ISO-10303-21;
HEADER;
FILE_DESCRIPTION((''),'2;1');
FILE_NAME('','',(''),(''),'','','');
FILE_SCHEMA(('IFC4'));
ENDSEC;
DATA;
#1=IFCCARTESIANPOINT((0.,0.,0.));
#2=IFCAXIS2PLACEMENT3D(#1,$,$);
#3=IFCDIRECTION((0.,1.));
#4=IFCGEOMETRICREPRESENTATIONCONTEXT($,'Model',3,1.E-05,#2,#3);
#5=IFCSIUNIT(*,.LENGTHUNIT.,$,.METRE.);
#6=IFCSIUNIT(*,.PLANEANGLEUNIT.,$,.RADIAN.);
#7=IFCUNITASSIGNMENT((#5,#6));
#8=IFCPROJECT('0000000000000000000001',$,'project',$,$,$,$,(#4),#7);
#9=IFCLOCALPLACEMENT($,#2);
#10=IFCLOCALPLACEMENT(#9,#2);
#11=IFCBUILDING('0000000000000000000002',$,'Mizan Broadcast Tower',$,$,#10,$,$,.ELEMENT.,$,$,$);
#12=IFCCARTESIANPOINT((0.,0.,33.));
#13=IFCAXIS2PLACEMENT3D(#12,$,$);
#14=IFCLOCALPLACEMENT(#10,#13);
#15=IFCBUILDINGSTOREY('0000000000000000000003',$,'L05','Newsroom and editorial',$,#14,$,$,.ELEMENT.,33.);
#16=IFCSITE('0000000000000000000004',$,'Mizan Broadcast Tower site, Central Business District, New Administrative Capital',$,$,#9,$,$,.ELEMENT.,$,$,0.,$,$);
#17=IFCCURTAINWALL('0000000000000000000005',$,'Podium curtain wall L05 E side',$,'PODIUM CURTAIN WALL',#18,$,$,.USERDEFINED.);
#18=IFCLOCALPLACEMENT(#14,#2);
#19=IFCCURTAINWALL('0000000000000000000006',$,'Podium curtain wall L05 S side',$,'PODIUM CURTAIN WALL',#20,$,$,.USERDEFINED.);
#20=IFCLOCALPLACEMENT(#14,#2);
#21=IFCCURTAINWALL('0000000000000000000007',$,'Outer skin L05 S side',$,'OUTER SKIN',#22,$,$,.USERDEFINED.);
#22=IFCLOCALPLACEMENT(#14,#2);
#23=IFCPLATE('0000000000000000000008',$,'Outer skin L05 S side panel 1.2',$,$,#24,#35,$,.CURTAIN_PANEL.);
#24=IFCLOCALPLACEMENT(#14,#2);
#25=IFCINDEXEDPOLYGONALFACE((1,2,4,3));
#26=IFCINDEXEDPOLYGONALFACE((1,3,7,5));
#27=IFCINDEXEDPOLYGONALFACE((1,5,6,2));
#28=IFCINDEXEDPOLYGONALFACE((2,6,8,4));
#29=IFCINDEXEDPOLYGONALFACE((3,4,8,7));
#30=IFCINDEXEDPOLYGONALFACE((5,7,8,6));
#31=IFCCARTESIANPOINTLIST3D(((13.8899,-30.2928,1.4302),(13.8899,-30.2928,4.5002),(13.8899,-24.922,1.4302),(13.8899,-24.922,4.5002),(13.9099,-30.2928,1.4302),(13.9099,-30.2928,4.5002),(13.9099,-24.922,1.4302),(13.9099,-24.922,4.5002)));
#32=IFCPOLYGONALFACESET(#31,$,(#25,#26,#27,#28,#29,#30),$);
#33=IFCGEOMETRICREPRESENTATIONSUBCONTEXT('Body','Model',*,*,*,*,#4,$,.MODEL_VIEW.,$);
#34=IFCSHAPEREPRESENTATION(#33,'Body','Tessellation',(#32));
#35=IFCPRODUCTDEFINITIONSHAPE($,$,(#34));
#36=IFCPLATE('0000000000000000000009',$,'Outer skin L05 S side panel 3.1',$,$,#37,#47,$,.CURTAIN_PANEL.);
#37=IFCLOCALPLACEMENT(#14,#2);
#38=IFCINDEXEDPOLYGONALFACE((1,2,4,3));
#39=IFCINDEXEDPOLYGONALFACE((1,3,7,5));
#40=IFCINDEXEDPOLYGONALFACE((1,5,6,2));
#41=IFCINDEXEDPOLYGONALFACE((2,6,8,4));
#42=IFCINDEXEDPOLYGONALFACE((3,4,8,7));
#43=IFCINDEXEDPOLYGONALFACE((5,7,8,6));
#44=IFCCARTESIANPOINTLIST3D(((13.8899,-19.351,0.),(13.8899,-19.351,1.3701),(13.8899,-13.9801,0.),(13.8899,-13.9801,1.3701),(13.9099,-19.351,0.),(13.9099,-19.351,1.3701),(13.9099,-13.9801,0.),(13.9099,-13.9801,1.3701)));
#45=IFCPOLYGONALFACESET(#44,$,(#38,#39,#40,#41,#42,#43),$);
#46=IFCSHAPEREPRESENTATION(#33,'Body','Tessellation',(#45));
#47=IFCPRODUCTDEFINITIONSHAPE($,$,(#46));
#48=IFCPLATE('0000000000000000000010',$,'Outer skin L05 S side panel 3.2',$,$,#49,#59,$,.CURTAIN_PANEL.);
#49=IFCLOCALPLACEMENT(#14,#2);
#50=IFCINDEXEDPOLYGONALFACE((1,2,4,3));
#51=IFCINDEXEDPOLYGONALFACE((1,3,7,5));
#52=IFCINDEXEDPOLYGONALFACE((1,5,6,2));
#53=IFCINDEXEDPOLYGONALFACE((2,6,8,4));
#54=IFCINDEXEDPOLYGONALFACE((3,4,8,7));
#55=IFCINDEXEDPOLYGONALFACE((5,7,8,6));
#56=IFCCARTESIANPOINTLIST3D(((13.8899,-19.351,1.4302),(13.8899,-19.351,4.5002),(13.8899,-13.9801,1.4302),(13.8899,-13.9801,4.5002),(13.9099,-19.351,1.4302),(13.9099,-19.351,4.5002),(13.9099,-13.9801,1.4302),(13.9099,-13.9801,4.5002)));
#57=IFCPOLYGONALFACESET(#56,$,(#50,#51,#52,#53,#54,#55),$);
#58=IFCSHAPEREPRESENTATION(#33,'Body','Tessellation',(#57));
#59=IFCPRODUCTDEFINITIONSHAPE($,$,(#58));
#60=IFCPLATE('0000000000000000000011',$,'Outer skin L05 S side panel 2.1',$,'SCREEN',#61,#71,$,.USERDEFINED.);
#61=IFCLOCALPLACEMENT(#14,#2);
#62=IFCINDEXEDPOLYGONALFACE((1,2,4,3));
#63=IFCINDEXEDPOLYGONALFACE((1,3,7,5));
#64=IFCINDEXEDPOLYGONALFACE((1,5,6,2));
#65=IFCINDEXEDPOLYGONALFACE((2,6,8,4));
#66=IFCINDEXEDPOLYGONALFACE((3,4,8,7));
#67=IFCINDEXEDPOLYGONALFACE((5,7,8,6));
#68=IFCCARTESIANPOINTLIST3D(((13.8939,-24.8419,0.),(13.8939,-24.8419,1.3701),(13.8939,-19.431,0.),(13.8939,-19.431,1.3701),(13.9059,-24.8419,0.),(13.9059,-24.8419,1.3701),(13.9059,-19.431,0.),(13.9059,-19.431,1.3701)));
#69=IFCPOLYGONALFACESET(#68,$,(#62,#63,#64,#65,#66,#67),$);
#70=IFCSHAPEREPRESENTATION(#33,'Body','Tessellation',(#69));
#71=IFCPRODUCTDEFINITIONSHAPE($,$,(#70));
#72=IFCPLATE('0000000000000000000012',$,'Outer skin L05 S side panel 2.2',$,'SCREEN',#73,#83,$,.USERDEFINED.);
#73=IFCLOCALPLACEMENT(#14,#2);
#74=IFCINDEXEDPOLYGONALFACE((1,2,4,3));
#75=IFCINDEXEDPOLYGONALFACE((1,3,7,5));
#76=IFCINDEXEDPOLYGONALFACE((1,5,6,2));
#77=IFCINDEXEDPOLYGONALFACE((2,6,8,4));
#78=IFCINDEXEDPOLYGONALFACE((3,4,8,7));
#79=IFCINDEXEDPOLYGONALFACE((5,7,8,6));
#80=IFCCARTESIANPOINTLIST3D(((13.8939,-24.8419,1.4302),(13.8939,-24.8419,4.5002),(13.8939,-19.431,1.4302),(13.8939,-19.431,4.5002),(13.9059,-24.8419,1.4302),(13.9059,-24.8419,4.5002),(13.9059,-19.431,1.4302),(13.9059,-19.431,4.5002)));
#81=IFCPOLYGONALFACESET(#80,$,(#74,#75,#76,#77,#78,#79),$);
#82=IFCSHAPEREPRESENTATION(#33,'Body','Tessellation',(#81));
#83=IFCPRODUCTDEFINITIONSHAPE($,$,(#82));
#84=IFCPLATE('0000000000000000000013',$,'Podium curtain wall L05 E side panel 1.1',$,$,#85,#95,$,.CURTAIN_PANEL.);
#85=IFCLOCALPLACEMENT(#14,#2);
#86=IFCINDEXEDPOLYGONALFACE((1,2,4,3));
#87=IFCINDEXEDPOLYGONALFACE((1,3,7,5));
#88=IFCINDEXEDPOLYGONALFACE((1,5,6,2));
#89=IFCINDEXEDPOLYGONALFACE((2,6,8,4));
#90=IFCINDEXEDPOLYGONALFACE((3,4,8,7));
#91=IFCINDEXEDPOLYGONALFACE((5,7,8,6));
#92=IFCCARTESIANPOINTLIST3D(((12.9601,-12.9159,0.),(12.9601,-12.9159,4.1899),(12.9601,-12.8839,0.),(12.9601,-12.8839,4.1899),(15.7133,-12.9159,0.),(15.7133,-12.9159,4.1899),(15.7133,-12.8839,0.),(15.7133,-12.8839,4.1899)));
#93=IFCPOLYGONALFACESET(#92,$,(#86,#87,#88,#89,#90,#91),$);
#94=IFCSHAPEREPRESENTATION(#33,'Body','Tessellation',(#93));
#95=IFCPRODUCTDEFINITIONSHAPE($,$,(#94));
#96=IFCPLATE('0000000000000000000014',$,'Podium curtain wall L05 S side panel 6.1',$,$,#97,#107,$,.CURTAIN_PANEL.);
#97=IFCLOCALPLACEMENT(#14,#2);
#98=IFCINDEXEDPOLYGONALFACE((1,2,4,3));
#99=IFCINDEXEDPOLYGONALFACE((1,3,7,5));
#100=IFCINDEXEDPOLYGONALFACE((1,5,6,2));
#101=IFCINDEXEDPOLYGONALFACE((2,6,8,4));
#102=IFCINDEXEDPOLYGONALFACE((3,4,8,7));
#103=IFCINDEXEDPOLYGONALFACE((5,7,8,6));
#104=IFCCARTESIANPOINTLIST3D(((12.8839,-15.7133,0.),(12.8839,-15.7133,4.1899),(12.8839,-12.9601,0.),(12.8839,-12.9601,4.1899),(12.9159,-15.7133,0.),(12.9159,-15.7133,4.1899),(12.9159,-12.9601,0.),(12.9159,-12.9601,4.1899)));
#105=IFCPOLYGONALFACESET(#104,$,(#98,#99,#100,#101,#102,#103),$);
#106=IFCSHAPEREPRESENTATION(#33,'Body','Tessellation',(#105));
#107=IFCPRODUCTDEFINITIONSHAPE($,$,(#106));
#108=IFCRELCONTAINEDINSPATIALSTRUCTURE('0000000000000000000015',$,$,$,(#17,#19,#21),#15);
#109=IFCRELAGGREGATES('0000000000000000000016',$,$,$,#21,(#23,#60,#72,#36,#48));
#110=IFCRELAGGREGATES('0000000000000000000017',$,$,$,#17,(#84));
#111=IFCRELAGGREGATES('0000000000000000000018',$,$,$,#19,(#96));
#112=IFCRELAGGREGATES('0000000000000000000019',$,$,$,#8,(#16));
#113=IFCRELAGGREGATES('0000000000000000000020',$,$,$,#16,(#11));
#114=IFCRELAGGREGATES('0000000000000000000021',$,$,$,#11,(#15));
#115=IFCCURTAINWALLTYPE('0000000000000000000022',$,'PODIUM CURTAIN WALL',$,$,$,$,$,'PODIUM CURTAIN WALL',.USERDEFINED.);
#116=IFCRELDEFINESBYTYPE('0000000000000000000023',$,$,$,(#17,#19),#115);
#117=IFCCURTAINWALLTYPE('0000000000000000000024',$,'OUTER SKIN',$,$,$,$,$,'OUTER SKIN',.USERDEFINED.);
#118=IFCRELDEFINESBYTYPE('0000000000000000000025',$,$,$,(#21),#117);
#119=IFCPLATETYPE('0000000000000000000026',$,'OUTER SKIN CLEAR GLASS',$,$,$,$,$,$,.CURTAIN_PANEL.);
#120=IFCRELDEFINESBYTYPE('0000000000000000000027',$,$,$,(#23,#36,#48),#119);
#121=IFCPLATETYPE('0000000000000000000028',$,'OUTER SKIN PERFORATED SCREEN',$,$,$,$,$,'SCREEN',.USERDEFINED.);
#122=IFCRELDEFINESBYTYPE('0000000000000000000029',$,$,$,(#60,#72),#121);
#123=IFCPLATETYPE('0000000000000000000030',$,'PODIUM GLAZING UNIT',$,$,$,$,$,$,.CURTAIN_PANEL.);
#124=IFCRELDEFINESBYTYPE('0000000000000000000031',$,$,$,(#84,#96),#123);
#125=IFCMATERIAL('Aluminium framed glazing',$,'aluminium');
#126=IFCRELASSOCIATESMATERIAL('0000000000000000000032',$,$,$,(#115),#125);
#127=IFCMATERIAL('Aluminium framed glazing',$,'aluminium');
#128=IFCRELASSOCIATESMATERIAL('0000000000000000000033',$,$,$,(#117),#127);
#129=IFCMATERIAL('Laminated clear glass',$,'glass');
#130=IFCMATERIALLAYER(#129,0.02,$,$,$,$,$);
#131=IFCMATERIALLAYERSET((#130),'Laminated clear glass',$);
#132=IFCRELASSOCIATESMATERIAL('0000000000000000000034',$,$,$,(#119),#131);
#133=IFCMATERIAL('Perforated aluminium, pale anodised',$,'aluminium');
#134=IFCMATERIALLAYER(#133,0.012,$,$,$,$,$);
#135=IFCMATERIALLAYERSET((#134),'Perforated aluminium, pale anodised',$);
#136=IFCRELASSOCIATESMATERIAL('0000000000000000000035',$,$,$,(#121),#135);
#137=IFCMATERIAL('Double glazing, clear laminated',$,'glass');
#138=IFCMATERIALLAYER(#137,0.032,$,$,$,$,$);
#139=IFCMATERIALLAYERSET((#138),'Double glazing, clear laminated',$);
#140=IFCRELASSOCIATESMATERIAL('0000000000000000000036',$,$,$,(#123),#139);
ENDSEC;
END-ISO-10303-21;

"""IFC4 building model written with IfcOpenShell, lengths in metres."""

from ifc_helpers import new_model, si_unit, direction, frame, origin, origin_2d, place, context, subcontext, project, spatial, rectangle, extrude, material, layer, layer_set, type_object, element, aggregate, save


model = new_model("IFC4")

# Units and contexts
model_context = context("Model", 3, precision=1e-05, world=origin(), true_north=direction((0.0, 1.0)))
body_context = subcontext(model_context, "Body", "Model", "MODEL_VIEW")
ifc_project = project(units=[si_unit("LENGTHUNIT", "METRE"), si_unit("PLANEANGLEUNIT", "RADIAN")], contexts=[model_context])

# Site, building, storey
site_placement = place(None, origin())
site = spatial("IfcSite", under=ifc_project, at=site_placement, Name="Mizan Broadcast Tower site, Central Business District, New Administrative Capital", CompositionType="ELEMENT", RefElevation=0.0)
building_placement = place(site_placement, origin())
building = spatial("IfcBuilding", under=site, at=building_placement, Name="Mizan Broadcast Tower", CompositionType="ELEMENT")
storey_placement = place(building_placement, frame((0.0, 0.0, 33.0)))
storey = spatial("IfcBuildingStorey", under=building, at=storey_placement, Name="L05", Description="Newsroom and editorial", CompositionType="ELEMENT", Elevation=33.0)

# Curtain wall
ifc_material_1 = material(Name="Aluminium framed glazing", Category="aluminium")
curtain_wall_type_1 = type_object("IfcCurtainWallType", Name="PODIUM CURTAIN WALL", ElementType="PODIUM CURTAIN WALL", PredefinedType="USERDEFINED", material=ifc_material_1)
curtain_wall_1_placement = place(storey_placement, origin())
curtain_wall_1 = element("IfcCurtainWall", 1, at=curtain_wall_1_placement, inside=storey, type_object=curtain_wall_type_1, Name="Podium curtain wall L05 E side", ObjectType="PODIUM CURTAIN WALL", PredefinedType="USERDEFINED")

# Curtain wall
curtain_wall_2_placement = place(storey_placement, origin())
curtain_wall_2 = element("IfcCurtainWall", 2, at=curtain_wall_2_placement, inside=storey, type_object=curtain_wall_type_1, Name="Podium curtain wall L05 S side", ObjectType="PODIUM CURTAIN WALL", PredefinedType="USERDEFINED")

# Shared definitions
ifc_material_2 = material(Name="Aluminium framed glazing", Category="aluminium")
curtain_wall_type_2 = type_object("IfcCurtainWallType", Name="OUTER SKIN", ElementType="OUTER SKIN", PredefinedType="USERDEFINED", material=ifc_material_2)

# Curtain wall
curtain_wall_3_placement = place(storey_placement, origin())
curtain_wall_3 = element("IfcCurtainWall", 3, at=curtain_wall_3_placement, inside=storey, type_object=curtain_wall_type_2, Name="Outer skin L05 S side", ObjectType="OUTER SKIN", PredefinedType="USERDEFINED")

# Plates
ifc_material_3 = material(Name="Laminated clear glass", Category="glass")
ifc_layer_1 = layer(ifc_material_3, 0.02)
ifc_layer_set_1 = layer_set([ifc_layer_1], Name="Laminated clear glass")
plate_type_1 = type_object("IfcPlateType", Name="OUTER SKIN CLEAR GLASS", PredefinedType="CURTAIN_PANEL", material=ifc_layer_set_1)
plate_1_placement = place(storey_placement, frame((13.8999, -27.6074, 1.4302), z_axis=(0.0, 0.0, 1.0), x_axis=(0.0, 1.0, 0.0)))
plate_1 = element("IfcPlate", 4, at=plate_1_placement, type_object=plate_type_1, Name="Outer skin L05 S side panel 1.2", PredefinedType="CURTAIN_PANEL", context=body_context, shape_type="SweptSolid", body=[
    extrude(rectangle(XDim=5.3708, YDim=0.02, at=origin_2d()), origin(), (0.0, 0.0, 1.0), 3.0701),
])
plate_2_placement = place(storey_placement, frame((13.8999, -16.6655, 0.0), z_axis=(0.0, 0.0, 1.0), x_axis=(0.0, 1.0, 0.0)))
plate_2 = element("IfcPlate", 5, at=plate_2_placement, type_object=plate_type_1, Name="Outer skin L05 S side panel 3.1", PredefinedType="CURTAIN_PANEL", context=body_context, shape_type="SweptSolid", body=[
    extrude(rectangle(XDim=5.3708, YDim=0.02, at=origin_2d()), origin(), (0.0, 0.0, 1.0), 1.3701),
])
plate_3_placement = place(storey_placement, frame((13.8999, -16.6655, 1.4302), z_axis=(0.0, 0.0, 1.0), x_axis=(0.0, 1.0, 0.0)))
plate_3 = element("IfcPlate", 6, at=plate_3_placement, type_object=plate_type_1, Name="Outer skin L05 S side panel 3.2", PredefinedType="CURTAIN_PANEL", context=body_context, shape_type="SweptSolid", body=[
    extrude(rectangle(XDim=5.3708, YDim=0.02, at=origin_2d()), origin(), (0.0, 0.0, 1.0), 3.0701),
])
ifc_material_4 = material(Name="Perforated aluminium, pale anodised", Category="aluminium")
ifc_layer_2 = layer(ifc_material_4, 0.012)
ifc_layer_set_2 = layer_set([ifc_layer_2], Name="Perforated aluminium, pale anodised")
plate_type_2 = type_object("IfcPlateType", Name="OUTER SKIN PERFORATED SCREEN", ElementType="SCREEN", PredefinedType="USERDEFINED", material=ifc_layer_set_2)
plate_4_placement = place(storey_placement, frame((13.8999, -22.1365, 0.0), z_axis=(0.0, 0.0, 1.0), x_axis=(0.0, 1.0, 0.0)))
plate_4 = element("IfcPlate", 7, at=plate_4_placement, type_object=plate_type_2, Name="Outer skin L05 S side panel 2.1", ObjectType="SCREEN", PredefinedType="USERDEFINED", context=body_context, shape_type="SweptSolid", body=[
    extrude(rectangle(XDim=5.4109, YDim=0.012, at=origin_2d()), origin(), (0.0, 0.0, 1.0), 1.3701),
])
plate_5_placement = place(storey_placement, frame((13.8999, -22.1365, 1.4302), z_axis=(0.0, 0.0, 1.0), x_axis=(0.0, 1.0, 0.0)))
plate_5 = element("IfcPlate", 8, at=plate_5_placement, type_object=plate_type_2, Name="Outer skin L05 S side panel 2.2", ObjectType="SCREEN", PredefinedType="USERDEFINED", context=body_context, shape_type="SweptSolid", body=[
    extrude(rectangle(XDim=5.4109, YDim=0.012, at=origin_2d()), origin(), (0.0, 0.0, 1.0), 3.0701),
])
aggregate(curtain_wall_3, [plate_1, plate_4, plate_5, plate_2, plate_3])
ifc_material_5 = material(Name="Double glazing, clear laminated", Category="glass")
ifc_layer_3 = layer(ifc_material_5, 0.032)
ifc_layer_set_3 = layer_set([ifc_layer_3], Name="Double glazing, clear laminated")
plate_type_3 = type_object("IfcPlateType", Name="PODIUM GLAZING UNIT", PredefinedType="CURTAIN_PANEL", material=ifc_layer_set_3)
plate_6_placement = place(storey_placement, frame((14.3367, -12.8999, 0.0), z_axis=(0.0, 0.0, 1.0), x_axis=(1.0, 0.0, 0.0)))
plate_6 = element("IfcPlate", 9, at=plate_6_placement, type_object=plate_type_3, Name="Podium curtain wall L05 E side panel 1.1", PredefinedType="CURTAIN_PANEL", context=body_context, shape_type="SweptSolid", body=[
    extrude(rectangle(XDim=2.7532, YDim=0.032, at=origin_2d()), origin(), (0.0, 0.0, 1.0), 4.1899),
])
aggregate(curtain_wall_1, [plate_6])
plate_7_placement = place(storey_placement, frame((12.8999, -14.3367, 0.0), z_axis=(0.0, 0.0, 1.0), x_axis=(0.0, 1.0, 0.0)))
plate_7 = element("IfcPlate", 10, at=plate_7_placement, type_object=plate_type_3, Name="Podium curtain wall L05 S side panel 6.1", PredefinedType="CURTAIN_PANEL", context=body_context, shape_type="SweptSolid", body=[
    extrude(rectangle(XDim=2.7532, YDim=0.032, at=origin_2d()), origin(), (0.0, 0.0, 1.0), 4.1899),
])
aggregate(curtain_wall_2, [plate_7])

save(model, "model.ifc")
